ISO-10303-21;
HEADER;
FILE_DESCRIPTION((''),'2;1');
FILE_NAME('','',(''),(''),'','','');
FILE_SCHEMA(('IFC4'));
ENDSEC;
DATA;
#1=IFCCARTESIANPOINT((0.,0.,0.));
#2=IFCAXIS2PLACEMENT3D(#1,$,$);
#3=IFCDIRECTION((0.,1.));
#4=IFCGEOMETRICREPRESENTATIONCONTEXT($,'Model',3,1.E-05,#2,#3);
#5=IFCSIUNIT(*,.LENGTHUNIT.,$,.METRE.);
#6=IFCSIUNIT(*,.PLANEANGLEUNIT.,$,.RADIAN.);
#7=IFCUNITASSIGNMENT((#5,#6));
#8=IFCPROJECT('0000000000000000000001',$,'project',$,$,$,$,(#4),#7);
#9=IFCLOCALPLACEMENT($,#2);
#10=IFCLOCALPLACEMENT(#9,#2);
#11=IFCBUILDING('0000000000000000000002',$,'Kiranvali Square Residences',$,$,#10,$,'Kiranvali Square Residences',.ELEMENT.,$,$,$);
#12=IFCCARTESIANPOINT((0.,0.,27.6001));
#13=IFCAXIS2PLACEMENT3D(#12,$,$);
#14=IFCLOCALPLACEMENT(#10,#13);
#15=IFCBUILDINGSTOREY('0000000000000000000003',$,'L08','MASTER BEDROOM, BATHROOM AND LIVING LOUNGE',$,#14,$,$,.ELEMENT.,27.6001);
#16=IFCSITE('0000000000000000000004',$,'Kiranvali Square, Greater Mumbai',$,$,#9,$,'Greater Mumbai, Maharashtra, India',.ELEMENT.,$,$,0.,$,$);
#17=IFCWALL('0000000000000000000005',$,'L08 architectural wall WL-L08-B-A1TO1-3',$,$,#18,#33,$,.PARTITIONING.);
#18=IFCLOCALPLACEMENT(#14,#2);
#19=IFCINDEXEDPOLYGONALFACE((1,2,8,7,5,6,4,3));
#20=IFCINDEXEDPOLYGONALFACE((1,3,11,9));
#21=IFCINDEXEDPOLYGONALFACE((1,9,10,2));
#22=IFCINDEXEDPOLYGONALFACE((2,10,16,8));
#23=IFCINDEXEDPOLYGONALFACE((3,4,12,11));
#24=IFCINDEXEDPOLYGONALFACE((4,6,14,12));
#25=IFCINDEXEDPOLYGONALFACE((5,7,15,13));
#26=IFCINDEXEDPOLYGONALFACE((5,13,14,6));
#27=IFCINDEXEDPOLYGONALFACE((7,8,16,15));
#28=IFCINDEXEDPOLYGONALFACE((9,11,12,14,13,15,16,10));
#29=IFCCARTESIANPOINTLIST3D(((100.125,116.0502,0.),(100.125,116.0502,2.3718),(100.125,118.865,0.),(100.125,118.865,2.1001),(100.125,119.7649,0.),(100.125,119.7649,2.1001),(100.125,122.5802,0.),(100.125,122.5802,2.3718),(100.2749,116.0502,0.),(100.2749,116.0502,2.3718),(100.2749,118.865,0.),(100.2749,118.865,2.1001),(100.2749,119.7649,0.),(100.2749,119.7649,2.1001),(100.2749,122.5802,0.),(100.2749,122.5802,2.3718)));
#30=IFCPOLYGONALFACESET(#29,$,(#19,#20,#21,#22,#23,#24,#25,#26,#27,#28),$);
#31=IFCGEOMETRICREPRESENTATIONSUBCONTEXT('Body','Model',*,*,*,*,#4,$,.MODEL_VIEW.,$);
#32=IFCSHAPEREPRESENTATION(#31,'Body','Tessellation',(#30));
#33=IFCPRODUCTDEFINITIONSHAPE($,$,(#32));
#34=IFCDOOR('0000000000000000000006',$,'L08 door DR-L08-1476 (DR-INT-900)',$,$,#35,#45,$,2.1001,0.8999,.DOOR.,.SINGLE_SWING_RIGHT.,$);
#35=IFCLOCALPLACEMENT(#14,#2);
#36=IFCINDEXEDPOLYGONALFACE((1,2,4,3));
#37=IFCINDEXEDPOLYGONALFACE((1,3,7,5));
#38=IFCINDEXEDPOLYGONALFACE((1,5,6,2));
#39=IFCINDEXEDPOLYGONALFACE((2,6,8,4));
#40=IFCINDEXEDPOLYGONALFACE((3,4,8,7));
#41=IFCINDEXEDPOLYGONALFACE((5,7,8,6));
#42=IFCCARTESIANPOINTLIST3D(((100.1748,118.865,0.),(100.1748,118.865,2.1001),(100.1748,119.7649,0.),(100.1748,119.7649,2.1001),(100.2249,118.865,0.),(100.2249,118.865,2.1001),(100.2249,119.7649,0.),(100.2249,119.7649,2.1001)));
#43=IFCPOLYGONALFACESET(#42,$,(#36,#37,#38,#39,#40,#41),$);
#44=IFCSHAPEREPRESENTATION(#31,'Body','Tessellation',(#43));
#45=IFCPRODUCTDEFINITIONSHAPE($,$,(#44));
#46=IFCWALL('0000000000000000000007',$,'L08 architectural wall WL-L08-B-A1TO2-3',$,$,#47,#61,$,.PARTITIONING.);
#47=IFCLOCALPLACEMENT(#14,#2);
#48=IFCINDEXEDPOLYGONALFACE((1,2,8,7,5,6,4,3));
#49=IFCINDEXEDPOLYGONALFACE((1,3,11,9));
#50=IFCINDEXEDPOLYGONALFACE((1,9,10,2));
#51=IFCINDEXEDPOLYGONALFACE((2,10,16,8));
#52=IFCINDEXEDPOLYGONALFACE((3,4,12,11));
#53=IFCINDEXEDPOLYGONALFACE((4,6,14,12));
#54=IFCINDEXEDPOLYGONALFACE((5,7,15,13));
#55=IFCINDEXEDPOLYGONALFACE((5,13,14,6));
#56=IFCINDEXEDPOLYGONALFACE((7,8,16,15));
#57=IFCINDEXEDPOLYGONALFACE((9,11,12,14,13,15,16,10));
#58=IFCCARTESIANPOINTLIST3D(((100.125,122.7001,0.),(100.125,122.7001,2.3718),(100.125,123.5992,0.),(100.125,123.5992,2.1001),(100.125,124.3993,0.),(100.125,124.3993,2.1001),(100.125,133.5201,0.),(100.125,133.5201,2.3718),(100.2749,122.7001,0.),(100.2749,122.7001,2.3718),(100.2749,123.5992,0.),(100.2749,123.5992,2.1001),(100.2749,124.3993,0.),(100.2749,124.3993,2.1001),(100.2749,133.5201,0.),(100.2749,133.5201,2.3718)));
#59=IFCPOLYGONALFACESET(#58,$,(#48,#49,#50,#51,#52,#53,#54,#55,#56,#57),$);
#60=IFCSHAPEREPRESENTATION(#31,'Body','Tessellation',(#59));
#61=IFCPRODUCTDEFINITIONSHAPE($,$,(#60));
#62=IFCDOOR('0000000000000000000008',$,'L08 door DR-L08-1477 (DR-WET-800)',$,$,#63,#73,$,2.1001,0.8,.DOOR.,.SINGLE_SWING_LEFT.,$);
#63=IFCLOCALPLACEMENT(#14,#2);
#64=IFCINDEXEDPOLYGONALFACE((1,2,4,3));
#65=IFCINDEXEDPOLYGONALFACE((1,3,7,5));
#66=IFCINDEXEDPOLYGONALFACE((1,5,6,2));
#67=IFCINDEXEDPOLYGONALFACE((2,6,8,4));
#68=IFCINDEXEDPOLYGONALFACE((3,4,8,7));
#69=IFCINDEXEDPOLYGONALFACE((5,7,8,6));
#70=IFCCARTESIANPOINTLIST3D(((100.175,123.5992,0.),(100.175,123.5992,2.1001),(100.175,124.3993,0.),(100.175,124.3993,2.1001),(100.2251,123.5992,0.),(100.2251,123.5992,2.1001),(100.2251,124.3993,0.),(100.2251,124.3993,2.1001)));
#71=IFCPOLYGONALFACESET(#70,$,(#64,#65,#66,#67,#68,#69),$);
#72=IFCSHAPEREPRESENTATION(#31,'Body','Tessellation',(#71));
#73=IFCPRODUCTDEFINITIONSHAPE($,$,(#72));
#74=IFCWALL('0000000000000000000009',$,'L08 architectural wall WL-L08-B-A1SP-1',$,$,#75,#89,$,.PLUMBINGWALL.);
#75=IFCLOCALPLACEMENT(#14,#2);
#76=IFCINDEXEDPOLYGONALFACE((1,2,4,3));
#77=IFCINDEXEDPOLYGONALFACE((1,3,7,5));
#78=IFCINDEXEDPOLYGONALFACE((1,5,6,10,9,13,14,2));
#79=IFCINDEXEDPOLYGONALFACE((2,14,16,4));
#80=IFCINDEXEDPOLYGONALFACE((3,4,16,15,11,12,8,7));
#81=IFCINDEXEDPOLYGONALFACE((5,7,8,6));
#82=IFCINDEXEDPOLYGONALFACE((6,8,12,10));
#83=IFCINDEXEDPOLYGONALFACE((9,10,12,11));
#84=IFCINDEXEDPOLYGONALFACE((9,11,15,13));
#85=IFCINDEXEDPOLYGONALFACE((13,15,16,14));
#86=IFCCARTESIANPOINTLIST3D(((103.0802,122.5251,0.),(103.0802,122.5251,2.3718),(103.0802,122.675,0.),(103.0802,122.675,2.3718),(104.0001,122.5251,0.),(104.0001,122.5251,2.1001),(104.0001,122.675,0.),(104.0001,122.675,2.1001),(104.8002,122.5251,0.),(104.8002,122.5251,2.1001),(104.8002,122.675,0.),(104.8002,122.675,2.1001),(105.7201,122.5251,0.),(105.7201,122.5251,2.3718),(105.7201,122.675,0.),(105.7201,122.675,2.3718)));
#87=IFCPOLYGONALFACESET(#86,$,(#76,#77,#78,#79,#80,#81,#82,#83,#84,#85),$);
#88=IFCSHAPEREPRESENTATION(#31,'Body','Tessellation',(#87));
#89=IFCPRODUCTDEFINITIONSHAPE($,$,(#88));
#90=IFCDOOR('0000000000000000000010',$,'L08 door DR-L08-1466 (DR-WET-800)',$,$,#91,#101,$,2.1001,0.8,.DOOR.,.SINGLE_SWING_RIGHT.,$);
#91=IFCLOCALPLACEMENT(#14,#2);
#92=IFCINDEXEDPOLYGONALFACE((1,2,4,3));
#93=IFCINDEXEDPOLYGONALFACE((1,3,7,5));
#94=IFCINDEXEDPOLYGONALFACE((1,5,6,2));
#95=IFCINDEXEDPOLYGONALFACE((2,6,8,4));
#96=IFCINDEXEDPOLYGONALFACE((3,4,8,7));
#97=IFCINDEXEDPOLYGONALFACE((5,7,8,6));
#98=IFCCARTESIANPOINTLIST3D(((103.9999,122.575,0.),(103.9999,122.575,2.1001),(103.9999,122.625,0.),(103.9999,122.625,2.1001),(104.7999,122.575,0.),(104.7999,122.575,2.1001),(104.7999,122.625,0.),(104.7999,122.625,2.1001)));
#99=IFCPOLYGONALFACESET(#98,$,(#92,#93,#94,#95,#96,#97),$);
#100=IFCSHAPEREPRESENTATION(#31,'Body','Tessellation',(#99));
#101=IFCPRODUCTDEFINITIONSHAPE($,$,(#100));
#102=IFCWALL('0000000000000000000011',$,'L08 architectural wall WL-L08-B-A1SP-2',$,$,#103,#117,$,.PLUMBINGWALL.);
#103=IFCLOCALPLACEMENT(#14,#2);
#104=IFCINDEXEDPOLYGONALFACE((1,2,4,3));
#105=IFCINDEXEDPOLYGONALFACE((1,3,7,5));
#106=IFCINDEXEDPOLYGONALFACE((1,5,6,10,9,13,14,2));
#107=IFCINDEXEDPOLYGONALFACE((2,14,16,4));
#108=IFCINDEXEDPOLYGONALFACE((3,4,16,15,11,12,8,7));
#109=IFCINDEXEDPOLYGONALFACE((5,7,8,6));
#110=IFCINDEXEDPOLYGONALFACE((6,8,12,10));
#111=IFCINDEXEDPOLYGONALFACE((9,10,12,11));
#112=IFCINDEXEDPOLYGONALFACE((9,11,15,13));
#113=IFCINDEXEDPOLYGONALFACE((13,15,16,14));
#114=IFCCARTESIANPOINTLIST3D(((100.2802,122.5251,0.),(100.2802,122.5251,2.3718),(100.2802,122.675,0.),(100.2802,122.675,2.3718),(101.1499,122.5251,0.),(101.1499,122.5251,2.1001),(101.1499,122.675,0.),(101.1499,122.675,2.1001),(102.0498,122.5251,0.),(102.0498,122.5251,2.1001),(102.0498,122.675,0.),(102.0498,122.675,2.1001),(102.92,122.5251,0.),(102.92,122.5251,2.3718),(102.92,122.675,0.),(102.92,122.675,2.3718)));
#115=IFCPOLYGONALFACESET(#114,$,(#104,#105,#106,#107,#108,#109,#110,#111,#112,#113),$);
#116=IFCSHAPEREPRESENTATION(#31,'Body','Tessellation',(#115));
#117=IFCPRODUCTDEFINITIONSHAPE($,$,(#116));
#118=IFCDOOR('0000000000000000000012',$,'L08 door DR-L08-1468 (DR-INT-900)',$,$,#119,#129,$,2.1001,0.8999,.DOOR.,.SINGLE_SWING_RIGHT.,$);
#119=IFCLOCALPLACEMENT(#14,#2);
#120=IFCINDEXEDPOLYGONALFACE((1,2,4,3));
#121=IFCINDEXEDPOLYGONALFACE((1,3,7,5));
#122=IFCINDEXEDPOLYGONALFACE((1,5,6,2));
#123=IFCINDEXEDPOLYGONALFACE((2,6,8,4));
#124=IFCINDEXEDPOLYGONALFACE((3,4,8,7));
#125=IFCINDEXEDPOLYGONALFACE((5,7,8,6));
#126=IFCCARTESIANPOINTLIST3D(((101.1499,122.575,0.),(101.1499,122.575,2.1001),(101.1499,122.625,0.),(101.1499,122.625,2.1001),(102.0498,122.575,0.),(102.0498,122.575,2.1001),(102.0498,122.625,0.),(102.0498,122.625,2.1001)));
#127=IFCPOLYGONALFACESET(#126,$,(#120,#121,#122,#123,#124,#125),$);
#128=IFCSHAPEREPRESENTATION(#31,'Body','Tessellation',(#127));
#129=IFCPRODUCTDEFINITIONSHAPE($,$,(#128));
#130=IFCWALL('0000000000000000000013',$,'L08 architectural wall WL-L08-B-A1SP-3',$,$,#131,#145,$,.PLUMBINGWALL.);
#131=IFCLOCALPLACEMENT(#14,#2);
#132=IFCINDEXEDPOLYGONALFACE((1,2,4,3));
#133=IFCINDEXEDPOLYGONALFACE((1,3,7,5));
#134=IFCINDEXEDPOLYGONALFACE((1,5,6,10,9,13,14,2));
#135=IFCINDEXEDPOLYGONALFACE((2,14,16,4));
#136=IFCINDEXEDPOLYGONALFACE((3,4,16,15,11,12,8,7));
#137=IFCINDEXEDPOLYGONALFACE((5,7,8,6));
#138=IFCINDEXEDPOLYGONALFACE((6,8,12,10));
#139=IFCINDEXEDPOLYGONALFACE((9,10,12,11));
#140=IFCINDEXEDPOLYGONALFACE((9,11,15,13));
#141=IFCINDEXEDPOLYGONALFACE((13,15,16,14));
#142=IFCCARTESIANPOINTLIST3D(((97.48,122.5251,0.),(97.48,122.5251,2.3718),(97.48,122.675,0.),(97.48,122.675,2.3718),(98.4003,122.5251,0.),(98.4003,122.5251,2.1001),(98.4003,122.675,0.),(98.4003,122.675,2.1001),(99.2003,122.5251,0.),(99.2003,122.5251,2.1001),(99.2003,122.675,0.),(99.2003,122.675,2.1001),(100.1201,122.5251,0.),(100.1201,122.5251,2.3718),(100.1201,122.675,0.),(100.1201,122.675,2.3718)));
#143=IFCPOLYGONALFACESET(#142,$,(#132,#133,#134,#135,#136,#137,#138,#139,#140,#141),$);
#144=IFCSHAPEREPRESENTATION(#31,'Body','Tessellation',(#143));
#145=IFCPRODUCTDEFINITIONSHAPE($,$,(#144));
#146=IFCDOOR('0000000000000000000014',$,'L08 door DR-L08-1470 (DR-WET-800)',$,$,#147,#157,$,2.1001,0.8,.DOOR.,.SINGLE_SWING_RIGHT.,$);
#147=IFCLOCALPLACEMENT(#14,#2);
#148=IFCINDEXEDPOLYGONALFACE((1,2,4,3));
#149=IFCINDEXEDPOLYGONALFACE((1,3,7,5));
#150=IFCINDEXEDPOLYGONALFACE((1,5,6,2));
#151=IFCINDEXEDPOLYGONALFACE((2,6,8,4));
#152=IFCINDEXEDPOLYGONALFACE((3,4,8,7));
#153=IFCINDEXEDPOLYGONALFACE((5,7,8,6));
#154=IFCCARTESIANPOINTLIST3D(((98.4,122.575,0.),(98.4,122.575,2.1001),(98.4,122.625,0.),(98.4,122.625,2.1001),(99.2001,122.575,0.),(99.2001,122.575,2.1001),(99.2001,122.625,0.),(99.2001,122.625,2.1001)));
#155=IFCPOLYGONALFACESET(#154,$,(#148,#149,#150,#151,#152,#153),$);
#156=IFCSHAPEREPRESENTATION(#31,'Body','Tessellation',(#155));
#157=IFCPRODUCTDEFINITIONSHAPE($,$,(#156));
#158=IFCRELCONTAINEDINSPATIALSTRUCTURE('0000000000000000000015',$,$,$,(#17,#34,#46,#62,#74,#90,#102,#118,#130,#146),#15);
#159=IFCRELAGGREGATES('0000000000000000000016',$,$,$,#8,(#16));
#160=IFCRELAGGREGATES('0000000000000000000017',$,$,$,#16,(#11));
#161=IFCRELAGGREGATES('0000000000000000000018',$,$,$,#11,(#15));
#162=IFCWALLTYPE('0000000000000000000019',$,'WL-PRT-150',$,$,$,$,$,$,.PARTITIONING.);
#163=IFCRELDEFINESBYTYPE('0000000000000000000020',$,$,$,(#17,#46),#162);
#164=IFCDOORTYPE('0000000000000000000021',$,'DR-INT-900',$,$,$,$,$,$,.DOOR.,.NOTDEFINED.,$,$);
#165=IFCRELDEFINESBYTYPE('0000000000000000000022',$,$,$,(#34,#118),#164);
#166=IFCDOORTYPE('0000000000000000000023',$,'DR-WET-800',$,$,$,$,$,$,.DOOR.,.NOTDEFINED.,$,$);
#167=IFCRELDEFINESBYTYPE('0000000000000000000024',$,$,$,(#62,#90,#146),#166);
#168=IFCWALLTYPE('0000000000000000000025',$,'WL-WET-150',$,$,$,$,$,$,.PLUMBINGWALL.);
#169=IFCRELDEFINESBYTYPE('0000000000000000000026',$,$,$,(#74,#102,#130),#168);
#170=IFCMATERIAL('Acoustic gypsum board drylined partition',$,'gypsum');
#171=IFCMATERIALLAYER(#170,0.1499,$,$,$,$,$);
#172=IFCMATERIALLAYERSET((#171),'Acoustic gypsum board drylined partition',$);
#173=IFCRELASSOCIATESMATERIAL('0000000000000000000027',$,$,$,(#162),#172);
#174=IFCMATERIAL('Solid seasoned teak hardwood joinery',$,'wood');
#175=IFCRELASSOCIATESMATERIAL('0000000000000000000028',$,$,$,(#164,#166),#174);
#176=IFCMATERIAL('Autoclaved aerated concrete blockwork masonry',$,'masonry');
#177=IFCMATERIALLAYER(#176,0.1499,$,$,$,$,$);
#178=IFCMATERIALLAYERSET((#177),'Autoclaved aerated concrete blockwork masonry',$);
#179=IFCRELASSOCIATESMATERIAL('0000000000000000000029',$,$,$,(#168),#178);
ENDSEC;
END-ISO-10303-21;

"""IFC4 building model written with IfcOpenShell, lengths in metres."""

from ifc_helpers import new_model, si_unit, direction, frame, frame_2d, origin, place, context, subcontext, project, spatial, rectangle, extrude, material, layer, layer_set, type_object, element, fill, save


model = new_model("IFC4")

# Units and contexts
model_context = context("Model", 3, precision=1e-05, world=origin(), true_north=direction((0.0, 1.0)))
body_context = subcontext(model_context, "Body", "Model", "MODEL_VIEW")
ifc_project = project(units=[si_unit("LENGTHUNIT", "METRE"), si_unit("PLANEANGLEUNIT", "RADIAN")], contexts=[model_context])

# Site, building, storey
site_placement = place(None, origin())
site = spatial("IfcSite", under=ifc_project, at=site_placement, Name="Kiranvali Square, Greater Mumbai", LongName="Greater Mumbai, Maharashtra, India", CompositionType="ELEMENT", RefElevation=0.0)
building_placement = place(site_placement, origin())
building = spatial("IfcBuilding", under=site, at=building_placement, Name="Kiranvali Square Residences", LongName="Kiranvali Square Residences", CompositionType="ELEMENT")
storey_placement = place(building_placement, frame((0.0, 0.0, 27.6001)))
storey = spatial("IfcBuildingStorey", under=building, at=storey_placement, Name="L08", Description="MASTER BEDROOM, BATHROOM AND LIVING LOUNGE", CompositionType="ELEMENT", Elevation=27.6001)

# Shared definitions
ifc_material_1 = material(Name="Autoclaved aerated concrete blockwork masonry", Category="masonry")

# Walls, openings, doors
ifc_material_2 = material(Name="Acoustic gypsum board drylined partition", Category="gypsum")
ifc_layer_1 = layer(ifc_material_2, 0.1499)
ifc_layer_set_1 = layer_set([ifc_layer_1], Name="Acoustic gypsum board drylined partition")
wall_type_1 = type_object("IfcWallType", Name="WL-PRT-150", PredefinedType="PARTITIONING", material=ifc_layer_set_1)
wall_1_placement = place(storey_placement, frame((100.2, 116.05, 0.0), z_axis=(0.0, 0.0, 1.0), x_axis=(0.0, 1.0, 0.0)))
wall_1 = element("IfcWall", 1, at=wall_1_placement, inside=storey, type_object=wall_type_1, Name="L08 architectural wall WL-L08-B-A1TO1-3", PredefinedType="PARTITIONING", context=body_context, shape_type="SweptSolid", body=[
    extrude(rectangle(XDim=6.53, YDim=0.1499, at=frame_2d((3.2651, 0.0))), origin(), (0.0, 0.0, 1.0), 2.3718),
])
opening_1_placement = place(wall_1_placement, frame((2.8149, 0.0, 0.0)))
opening_1 = element("IfcOpeningElement", 2, at=opening_1_placement, cuts=wall_1, PredefinedType="OPENING", context=body_context, shape_type="SweptSolid", body=[
    extrude(rectangle(XDim=0.8999, YDim=2.1001, at=frame_2d((0.45, 1.05))), frame((0.0, 0.085, 0.0), z_axis=(0.0, -1.0, 0.0), x_axis=(1.0, 0.0, 0.0)), (0.0, 0.0, 1.0), 0.1699),
])
ifc_material_3 = material(Name="Solid seasoned teak hardwood joinery", Category="wood")
door_type_1 = type_object("IfcDoorType", Name="DR-INT-900", OperationType="NOTDEFINED", PredefinedType="DOOR", material=ifc_material_3)
door_1_placement = place(opening_1_placement, frame((0.8999, 0.0, 0.0), z_axis=(0.0, 0.0, 1.0), x_axis=(-1.0, 0.0, 0.0)))
door_1 = element("IfcDoor", 3, at=door_1_placement, inside=storey, type_object=door_type_1, Name="L08 door DR-L08-1476 (DR-INT-900)", OperationType="SINGLE_SWING_RIGHT", OverallHeight=2.1001, OverallWidth=0.8999, PredefinedType="DOOR", context=body_context, shape_type="SweptSolid", body=[
    extrude(rectangle(XDim=0.8999, YDim=2.1001, at=frame_2d((0.45, 1.05))), frame((0.0, 0.0249, 0.0), z_axis=(0.0, -1.0, 0.0), x_axis=(1.0, 0.0, 0.0)), (0.0, 0.0, 1.0), 0.05),
])
fill(opening_1, door_1)
wall_2_placement = place(storey_placement, frame((100.2, 122.7, 0.0), z_axis=(0.0, 0.0, 1.0), x_axis=(0.0, 1.0, 0.0)))
wall_2 = element("IfcWall", 4, at=wall_2_placement, inside=storey, type_object=wall_type_1, Name="L08 architectural wall WL-L08-B-A1TO2-3", PredefinedType="PARTITIONING", context=body_context, shape_type="SweptSolid", body=[
    extrude(rectangle(XDim=10.8201, YDim=0.1499, at=frame_2d((5.4102, 0.0))), origin(), (0.0, 0.0, 1.0), 2.3718),
])
opening_2_placement = place(wall_2_placement, frame((0.8994, 0.0, 0.0)))
opening_2 = element("IfcOpeningElement", 5, at=opening_2_placement, cuts=wall_2, PredefinedType="OPENING", context=body_context, shape_type="SweptSolid", body=[
    extrude(rectangle(XDim=0.8, YDim=2.1001, at=frame_2d((0.3999, 1.05))), frame((0.0, 0.085, 0.0), z_axis=(0.0, -1.0, 0.0), x_axis=(1.0, 0.0, 0.0)), (0.0, 0.0, 1.0), 0.1699),
])
door_type_2 = type_object("IfcDoorType", Name="DR-WET-800", OperationType="NOTDEFINED", PredefinedType="DOOR", material=ifc_material_3)
door_2_placement = place(opening_2_placement, origin())
door_2 = element("IfcDoor", 6, at=door_2_placement, inside=storey, type_object=door_type_2, Name="L08 door DR-L08-1477 (DR-WET-800)", OperationType="SINGLE_SWING_LEFT", OverallHeight=2.1001, OverallWidth=0.8, PredefinedType="DOOR", context=body_context, shape_type="SweptSolid", body=[
    extrude(rectangle(XDim=0.8, YDim=2.1001, at=frame_2d((0.3999, 1.05))), frame((0.0, 0.0249, 0.0), z_axis=(0.0, -1.0, 0.0), x_axis=(1.0, 0.0, 0.0)), (0.0, 0.0, 1.0), 0.05),
])
fill(opening_2, door_2)
ifc_layer_2 = layer(ifc_material_1, 0.1499)
ifc_layer_set_2 = layer_set([ifc_layer_2], Name="Autoclaved aerated concrete blockwork masonry")
wall_type_2 = type_object("IfcWallType", Name="WL-WET-150", PredefinedType="PLUMBINGWALL", material=ifc_layer_set_2)
wall_3_placement = place(storey_placement, frame((105.72, 122.6001, 0.0), z_axis=(0.0, 0.0, 1.0), x_axis=(-1.0, 0.0, 0.0)))
wall_3 = element("IfcWall", 7, at=wall_3_placement, inside=storey, type_object=wall_type_2, Name="L08 architectural wall WL-L08-B-A1SP-1", PredefinedType="PLUMBINGWALL", context=body_context, shape_type="SweptSolid", body=[
    extrude(rectangle(XDim=2.6399, YDim=0.1499, at=frame_2d((1.3198, 0.0))), origin(), (0.0, 0.0, 1.0), 2.3718),
])
opening_3_placement = place(wall_3_placement, frame((0.9199, 0.0, 0.0)))
opening_3 = element("IfcOpeningElement", 8, at=opening_3_placement, cuts=wall_3, PredefinedType="OPENING", context=body_context, shape_type="SweptSolid", body=[
    extrude(rectangle(XDim=0.8, YDim=2.1001, at=frame_2d((0.3999, 1.05))), frame((0.0, 0.085, 0.0), z_axis=(0.0, -1.0, 0.0), x_axis=(1.0, 0.0, 0.0)), (0.0, 0.0, 1.0), 0.1699),
])
door_3_placement = place(opening_3_placement, frame((0.8, 0.0, 0.0), z_axis=(0.0, 0.0, 1.0), x_axis=(-1.0, 0.0, 0.0)))
door_3 = element("IfcDoor", 9, at=door_3_placement, inside=storey, type_object=door_type_2, Name="L08 door DR-L08-1466 (DR-WET-800)", OperationType="SINGLE_SWING_RIGHT", OverallHeight=2.1001, OverallWidth=0.8, PredefinedType="DOOR", context=body_context, shape_type="SweptSolid", body=[
    extrude(rectangle(XDim=0.8, YDim=2.1001, at=frame_2d((0.3999, 1.05))), frame((0.0, 0.0249, 0.0), z_axis=(0.0, -1.0, 0.0), x_axis=(1.0, 0.0, 0.0)), (0.0, 0.0, 1.0), 0.05),
])
fill(opening_3, door_3)
wall_4_placement = place(storey_placement, frame((102.9199, 122.6001, 0.0), z_axis=(0.0, 0.0, 1.0), x_axis=(-1.0, 0.0, 0.0)))
wall_4 = element("IfcWall", 10, at=wall_4_placement, inside=storey, type_object=wall_type_2, Name="L08 architectural wall WL-L08-B-A1SP-2", PredefinedType="PLUMBINGWALL", context=body_context, shape_type="SweptSolid", body=[
    extrude(rectangle(XDim=2.6399, YDim=0.1499, at=frame_2d((1.3198, 0.0))), origin(), (0.0, 0.0, 1.0), 2.3718),
])
opening_4_placement = place(wall_4_placement, frame((0.8701, 0.0, 0.0)))
opening_4 = element("IfcOpeningElement", 11, at=opening_4_placement, cuts=wall_4, PredefinedType="OPENING", context=body_context, shape_type="SweptSolid", body=[
    extrude(rectangle(XDim=0.8999, YDim=2.1001, at=frame_2d((0.45, 1.05))), frame((0.0, 0.085, 0.0), z_axis=(0.0, -1.0, 0.0), x_axis=(1.0, 0.0, 0.0)), (0.0, 0.0, 1.0), 0.1699),
])
door_4_placement = place(opening_4_placement, frame((0.8999, 0.0, 0.0), z_axis=(0.0, 0.0, 1.0), x_axis=(-1.0, 0.0, 0.0)))
door_4 = element("IfcDoor", 12, at=door_4_placement, inside=storey, type_object=door_type_1, Name="L08 door DR-L08-1468 (DR-INT-900)", OperationType="SINGLE_SWING_RIGHT", OverallHeight=2.1001, OverallWidth=0.8999, PredefinedType="DOOR", context=body_context, shape_type="SweptSolid", body=[
    extrude(rectangle(XDim=0.8999, YDim=2.1001, at=frame_2d((0.45, 1.05))), frame((0.0, 0.0249, 0.0), z_axis=(0.0, -1.0, 0.0), x_axis=(1.0, 0.0, 0.0)), (0.0, 0.0, 1.0), 0.05),
])
fill(opening_4, door_4)
wall_5_placement = place(storey_placement, frame((100.1201, 122.6001, 0.0), z_axis=(0.0, 0.0, 1.0), x_axis=(-1.0, 0.0, 0.0)))
wall_5 = element("IfcWall", 13, at=wall_5_placement, inside=storey, type_object=wall_type_2, Name="L08 architectural wall WL-L08-B-A1SP-3", PredefinedType="PLUMBINGWALL", context=body_context, shape_type="SweptSolid", body=[
    extrude(rectangle(XDim=2.6401, YDim=0.1499, at=frame_2d((1.3201, 0.0))), origin(), (0.0, 0.0, 1.0), 2.3718),
])
opening_5_placement = place(wall_5_placement, frame((0.9199, 0.0, 0.0)))
opening_5 = element("IfcOpeningElement", 14, at=opening_5_placement, cuts=wall_5, PredefinedType="OPENING", context=body_context, shape_type="SweptSolid", body=[
    extrude(rectangle(XDim=0.8, YDim=2.1001, at=frame_2d((0.3999, 1.05))), frame((0.0, 0.085, 0.0), z_axis=(0.0, -1.0, 0.0), x_axis=(1.0, 0.0, 0.0)), (0.0, 0.0, 1.0), 0.1699),
])
door_5_placement = place(opening_5_placement, frame((0.8, 0.0, 0.0), z_axis=(0.0, 0.0, 1.0), x_axis=(-1.0, 0.0, 0.0)))
door_5 = element("IfcDoor", 15, at=door_5_placement, inside=storey, type_object=door_type_2, Name="L08 door DR-L08-1470 (DR-WET-800)", OperationType="SINGLE_SWING_RIGHT", OverallHeight=2.1001, OverallWidth=0.8, PredefinedType="DOOR", context=body_context, shape_type="SweptSolid", body=[
    extrude(rectangle(XDim=0.8, YDim=2.1001, at=frame_2d((0.3999, 1.05))), frame((0.0, 0.0249, 0.0), z_axis=(0.0, -1.0, 0.0), x_axis=(1.0, 0.0, 0.0)), (0.0, 0.0, 1.0), 0.05),
])
fill(opening_5, door_5)

save(model, "model.ifc")
